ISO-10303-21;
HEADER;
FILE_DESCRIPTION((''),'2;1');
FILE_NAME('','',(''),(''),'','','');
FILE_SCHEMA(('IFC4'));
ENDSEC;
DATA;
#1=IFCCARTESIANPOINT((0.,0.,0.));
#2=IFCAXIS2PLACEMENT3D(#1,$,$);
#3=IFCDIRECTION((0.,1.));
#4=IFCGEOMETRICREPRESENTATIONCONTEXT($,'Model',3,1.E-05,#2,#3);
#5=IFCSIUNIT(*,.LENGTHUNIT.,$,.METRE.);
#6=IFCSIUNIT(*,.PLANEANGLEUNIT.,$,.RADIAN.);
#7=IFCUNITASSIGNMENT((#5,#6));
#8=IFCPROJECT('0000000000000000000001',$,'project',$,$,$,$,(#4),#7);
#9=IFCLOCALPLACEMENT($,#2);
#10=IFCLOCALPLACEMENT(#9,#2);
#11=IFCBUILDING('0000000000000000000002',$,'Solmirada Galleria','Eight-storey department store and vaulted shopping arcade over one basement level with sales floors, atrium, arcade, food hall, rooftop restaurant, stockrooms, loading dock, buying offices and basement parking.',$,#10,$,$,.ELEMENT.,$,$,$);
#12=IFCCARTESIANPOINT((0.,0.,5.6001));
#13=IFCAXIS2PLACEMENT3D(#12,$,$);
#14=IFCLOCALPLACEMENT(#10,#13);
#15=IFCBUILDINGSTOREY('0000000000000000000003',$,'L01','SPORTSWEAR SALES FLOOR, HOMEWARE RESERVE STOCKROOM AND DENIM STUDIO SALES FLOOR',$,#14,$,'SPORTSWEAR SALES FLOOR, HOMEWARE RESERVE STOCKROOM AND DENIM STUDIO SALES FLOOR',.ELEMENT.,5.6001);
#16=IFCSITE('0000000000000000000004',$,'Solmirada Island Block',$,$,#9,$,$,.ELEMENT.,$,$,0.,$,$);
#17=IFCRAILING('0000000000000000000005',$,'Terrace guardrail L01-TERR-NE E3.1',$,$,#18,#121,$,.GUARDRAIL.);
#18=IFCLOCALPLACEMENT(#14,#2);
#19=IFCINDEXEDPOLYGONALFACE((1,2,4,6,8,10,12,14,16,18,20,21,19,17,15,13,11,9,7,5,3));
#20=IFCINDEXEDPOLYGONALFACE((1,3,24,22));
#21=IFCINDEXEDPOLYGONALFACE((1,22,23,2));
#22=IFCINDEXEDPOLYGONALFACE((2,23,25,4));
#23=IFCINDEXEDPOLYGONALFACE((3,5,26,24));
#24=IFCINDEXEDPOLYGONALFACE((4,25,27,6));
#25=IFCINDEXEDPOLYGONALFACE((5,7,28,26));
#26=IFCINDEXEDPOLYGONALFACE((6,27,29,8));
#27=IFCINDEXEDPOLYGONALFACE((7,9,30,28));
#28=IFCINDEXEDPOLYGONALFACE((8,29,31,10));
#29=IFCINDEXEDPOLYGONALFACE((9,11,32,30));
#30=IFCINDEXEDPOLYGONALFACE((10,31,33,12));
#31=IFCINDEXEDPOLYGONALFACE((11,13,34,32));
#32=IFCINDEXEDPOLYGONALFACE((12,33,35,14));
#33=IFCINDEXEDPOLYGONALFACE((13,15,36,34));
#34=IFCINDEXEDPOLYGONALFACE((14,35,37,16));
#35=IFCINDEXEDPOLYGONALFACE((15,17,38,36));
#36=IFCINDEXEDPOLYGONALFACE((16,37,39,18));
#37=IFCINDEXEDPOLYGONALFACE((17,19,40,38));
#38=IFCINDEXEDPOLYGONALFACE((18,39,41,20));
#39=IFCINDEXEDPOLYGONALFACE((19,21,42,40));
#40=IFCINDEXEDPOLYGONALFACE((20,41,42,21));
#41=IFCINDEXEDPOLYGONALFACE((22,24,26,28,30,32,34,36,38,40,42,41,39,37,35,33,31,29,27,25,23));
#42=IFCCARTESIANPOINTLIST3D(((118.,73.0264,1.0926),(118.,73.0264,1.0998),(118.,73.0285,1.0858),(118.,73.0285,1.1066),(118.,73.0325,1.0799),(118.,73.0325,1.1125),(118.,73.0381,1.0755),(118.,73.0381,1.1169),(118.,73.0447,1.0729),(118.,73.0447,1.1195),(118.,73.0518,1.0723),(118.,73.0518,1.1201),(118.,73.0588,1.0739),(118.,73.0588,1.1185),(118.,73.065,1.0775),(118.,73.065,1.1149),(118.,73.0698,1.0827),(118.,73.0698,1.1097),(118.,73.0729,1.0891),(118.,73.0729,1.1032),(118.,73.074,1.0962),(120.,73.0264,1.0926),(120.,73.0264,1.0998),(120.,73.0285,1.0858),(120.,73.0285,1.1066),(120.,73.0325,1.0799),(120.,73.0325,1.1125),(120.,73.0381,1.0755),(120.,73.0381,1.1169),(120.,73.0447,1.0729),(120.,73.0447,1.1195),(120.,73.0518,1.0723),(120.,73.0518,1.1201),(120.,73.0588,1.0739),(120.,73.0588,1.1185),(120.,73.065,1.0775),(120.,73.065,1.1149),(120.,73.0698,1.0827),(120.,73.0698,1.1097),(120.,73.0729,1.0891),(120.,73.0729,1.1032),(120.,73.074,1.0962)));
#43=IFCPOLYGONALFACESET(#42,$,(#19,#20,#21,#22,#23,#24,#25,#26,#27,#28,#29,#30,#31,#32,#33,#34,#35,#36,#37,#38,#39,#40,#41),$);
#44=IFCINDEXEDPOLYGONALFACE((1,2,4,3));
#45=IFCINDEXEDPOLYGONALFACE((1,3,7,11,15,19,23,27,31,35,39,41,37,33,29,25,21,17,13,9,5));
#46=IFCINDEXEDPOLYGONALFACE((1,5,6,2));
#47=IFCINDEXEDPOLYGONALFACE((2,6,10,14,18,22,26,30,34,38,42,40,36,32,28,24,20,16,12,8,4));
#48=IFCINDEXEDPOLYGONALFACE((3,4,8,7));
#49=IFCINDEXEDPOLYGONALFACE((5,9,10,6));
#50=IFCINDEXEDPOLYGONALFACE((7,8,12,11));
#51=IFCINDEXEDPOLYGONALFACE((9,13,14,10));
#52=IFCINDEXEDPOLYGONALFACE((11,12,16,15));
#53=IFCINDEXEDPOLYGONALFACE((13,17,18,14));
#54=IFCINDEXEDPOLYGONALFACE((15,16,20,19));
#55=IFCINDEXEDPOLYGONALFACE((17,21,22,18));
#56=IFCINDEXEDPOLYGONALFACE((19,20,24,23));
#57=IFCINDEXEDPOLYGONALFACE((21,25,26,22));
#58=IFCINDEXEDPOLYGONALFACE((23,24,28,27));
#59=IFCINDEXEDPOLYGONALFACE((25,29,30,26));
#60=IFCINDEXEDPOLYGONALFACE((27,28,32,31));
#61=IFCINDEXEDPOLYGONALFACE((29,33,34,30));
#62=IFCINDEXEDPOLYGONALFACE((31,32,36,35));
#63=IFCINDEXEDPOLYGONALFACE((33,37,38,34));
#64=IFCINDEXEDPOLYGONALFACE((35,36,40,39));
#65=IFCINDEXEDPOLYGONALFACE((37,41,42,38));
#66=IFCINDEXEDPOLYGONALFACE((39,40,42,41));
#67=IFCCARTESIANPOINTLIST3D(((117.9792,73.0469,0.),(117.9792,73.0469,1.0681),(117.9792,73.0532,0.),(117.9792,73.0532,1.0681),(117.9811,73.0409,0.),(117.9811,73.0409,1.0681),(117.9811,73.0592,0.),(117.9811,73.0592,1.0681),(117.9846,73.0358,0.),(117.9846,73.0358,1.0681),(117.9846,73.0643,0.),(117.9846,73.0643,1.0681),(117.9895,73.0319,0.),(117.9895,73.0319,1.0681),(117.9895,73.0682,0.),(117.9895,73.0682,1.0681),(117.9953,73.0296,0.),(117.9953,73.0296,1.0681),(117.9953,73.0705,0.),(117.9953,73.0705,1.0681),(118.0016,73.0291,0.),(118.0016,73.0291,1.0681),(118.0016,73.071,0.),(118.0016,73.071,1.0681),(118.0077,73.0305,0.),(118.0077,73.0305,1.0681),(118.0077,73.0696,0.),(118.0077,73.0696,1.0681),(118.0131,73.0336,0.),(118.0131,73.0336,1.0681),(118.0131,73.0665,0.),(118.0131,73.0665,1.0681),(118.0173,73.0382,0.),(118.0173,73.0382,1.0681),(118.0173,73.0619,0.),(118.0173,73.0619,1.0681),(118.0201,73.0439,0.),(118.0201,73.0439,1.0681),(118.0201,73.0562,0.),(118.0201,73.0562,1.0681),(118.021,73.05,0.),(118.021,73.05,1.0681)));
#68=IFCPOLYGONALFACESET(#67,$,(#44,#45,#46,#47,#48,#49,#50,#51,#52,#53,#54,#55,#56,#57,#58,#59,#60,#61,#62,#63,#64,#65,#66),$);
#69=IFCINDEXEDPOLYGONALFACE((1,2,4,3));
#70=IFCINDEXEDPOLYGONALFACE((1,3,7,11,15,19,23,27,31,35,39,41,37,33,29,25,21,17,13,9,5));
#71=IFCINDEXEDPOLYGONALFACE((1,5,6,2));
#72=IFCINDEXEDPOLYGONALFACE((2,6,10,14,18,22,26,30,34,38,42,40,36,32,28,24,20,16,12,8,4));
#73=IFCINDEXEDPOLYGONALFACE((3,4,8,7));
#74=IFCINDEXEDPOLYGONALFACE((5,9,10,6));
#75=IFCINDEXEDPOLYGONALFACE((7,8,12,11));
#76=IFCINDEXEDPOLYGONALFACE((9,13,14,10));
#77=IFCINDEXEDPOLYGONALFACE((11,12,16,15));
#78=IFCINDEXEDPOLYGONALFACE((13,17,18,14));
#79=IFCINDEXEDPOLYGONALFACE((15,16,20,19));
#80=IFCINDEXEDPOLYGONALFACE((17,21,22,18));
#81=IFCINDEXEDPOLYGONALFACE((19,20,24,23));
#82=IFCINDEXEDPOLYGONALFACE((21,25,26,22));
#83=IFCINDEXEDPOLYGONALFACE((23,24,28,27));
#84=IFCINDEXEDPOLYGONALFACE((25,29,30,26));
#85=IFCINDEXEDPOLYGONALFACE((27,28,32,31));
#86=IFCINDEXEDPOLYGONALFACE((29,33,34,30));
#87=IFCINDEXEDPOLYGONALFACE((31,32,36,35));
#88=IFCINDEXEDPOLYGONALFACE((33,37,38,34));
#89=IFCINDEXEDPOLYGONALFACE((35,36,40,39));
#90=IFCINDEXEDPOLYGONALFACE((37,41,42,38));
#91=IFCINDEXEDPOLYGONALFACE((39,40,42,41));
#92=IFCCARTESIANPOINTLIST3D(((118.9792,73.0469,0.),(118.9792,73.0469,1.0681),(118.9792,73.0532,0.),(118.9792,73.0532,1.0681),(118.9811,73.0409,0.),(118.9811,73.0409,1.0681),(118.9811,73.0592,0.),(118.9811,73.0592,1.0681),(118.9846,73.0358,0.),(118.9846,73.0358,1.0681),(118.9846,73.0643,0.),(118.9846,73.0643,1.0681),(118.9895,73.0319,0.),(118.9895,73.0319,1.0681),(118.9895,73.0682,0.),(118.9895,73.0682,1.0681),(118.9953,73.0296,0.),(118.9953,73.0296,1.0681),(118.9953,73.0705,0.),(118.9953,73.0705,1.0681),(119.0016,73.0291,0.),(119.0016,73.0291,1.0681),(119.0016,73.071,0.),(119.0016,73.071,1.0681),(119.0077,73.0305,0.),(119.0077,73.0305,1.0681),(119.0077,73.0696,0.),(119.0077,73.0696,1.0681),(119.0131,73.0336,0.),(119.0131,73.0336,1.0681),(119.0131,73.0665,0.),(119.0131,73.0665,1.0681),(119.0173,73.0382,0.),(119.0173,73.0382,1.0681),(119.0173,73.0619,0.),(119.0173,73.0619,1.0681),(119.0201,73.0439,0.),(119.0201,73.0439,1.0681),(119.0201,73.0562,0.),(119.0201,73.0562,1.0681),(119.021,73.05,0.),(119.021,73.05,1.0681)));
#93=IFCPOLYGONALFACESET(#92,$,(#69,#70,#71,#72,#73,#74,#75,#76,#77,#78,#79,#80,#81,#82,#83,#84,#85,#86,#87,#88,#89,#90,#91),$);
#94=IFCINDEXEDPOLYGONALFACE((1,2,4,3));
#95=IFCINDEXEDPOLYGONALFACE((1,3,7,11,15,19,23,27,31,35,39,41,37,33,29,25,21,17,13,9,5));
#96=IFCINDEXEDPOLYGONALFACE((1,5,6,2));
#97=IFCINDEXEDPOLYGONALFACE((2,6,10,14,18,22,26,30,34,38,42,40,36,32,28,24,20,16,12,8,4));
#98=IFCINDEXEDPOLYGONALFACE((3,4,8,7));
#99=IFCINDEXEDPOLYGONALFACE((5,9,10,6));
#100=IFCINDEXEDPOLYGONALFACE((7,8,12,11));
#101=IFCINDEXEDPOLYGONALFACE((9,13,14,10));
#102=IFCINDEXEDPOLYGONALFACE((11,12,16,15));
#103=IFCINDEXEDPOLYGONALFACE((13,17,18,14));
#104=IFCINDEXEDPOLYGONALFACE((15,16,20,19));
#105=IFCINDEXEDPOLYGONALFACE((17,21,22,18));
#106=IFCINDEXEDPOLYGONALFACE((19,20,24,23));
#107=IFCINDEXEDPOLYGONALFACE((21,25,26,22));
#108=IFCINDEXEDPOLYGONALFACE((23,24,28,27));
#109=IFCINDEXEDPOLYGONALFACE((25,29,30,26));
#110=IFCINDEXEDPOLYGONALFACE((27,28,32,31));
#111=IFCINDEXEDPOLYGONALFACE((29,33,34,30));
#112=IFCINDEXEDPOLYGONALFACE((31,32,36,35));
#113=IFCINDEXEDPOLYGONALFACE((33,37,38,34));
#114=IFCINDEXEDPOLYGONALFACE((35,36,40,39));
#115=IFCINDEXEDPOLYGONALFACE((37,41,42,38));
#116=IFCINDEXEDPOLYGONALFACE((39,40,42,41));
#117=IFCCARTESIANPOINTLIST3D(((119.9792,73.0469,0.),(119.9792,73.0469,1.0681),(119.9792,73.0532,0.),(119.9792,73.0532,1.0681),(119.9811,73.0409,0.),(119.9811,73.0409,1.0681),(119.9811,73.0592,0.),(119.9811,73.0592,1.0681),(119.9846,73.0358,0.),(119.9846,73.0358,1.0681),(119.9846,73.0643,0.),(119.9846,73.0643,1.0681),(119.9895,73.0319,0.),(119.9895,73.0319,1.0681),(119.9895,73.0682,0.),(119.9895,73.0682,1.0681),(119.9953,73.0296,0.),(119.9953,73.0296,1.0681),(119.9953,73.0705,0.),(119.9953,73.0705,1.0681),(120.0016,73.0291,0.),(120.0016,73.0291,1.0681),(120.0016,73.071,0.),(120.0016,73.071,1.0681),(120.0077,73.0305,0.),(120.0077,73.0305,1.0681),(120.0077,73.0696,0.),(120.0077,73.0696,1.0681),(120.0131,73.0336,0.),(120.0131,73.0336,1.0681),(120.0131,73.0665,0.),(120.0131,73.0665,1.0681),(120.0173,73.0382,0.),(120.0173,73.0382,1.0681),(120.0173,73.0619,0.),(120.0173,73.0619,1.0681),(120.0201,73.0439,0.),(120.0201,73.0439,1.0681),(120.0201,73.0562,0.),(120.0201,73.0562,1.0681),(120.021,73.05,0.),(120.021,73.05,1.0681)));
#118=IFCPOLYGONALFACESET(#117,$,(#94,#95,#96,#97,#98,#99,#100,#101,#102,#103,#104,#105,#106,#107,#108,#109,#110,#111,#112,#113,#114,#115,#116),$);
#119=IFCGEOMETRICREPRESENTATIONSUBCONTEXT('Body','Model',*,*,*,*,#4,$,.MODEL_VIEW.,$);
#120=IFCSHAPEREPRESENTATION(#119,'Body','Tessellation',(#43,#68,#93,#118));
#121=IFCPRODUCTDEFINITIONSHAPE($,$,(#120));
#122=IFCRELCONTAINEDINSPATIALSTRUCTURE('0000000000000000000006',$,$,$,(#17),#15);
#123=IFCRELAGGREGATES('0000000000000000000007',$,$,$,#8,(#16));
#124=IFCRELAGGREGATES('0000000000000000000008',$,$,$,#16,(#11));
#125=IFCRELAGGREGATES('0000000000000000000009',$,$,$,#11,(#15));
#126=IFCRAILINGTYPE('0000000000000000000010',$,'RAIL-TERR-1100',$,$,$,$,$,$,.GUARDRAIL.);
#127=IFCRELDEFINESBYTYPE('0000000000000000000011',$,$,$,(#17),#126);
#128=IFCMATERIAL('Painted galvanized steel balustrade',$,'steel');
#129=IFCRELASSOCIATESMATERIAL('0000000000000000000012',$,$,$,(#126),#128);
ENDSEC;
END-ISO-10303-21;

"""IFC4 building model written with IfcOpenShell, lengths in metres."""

from ifc_helpers import new_model, si_unit, direction, frame, origin, origin_2d, place, context, subcontext, project, spatial, circle, extrude, material, type_object, element, save


model = new_model("IFC4")

# Units and contexts
model_context = context("Model", 3, precision=1e-05, world=origin(), true_north=direction((0.0, 1.0)))
body_context = subcontext(model_context, "Body", "Model", "MODEL_VIEW")
ifc_project = project(units=[si_unit("LENGTHUNIT", "METRE"), si_unit("PLANEANGLEUNIT", "RADIAN")], contexts=[model_context])

# Site, building, storey
site_placement = place(None, origin())
site = spatial("IfcSite", under=ifc_project, at=site_placement, Name="Solmirada Island Block", CompositionType="ELEMENT", RefElevation=0.0)
building_placement = place(site_placement, origin())
building = spatial("IfcBuilding", under=site, at=building_placement, Name="Solmirada Galleria", Description="Eight-storey department store and vaulted shopping arcade over one basement level with sales floors, atrium, arcade, food hall, rooftop restaurant, stockrooms, loading dock, buying offices and basement parking.", CompositionType="ELEMENT")
storey_placement = place(building_placement, frame((0.0, 0.0, 5.6001)))
storey = spatial("IfcBuildingStorey", under=building, at=storey_placement, Name="L01", Description="SPORTSWEAR SALES FLOOR, HOMEWARE RESERVE STOCKROOM AND DENIM STUDIO SALES FLOOR", LongName="SPORTSWEAR SALES FLOOR, HOMEWARE RESERVE STOCKROOM AND DENIM STUDIO SALES FLOOR", CompositionType="ELEMENT", Elevation=5.6001)

# Railing
ifc_material_1 = material(Name="Painted galvanized steel balustrade", Category="steel")
railing_type = type_object("IfcRailingType", Name="RAIL-TERR-1100", PredefinedType="GUARDRAIL", material=ifc_material_1)
railing_1_placement = place(storey_placement, frame((118.0, 73.05, 0.0)))
element("IfcRailing", 1, at=railing_1_placement, inside=storey, type_object=railing_type, Name="Terrace guardrail L01-TERR-NE E3.1", PredefinedType="GUARDRAIL", context=body_context, shape_type="SweptSolid", body=[
    extrude(circle(Radius=0.0239, at=origin_2d()), frame((0.0, 0.0, 1.0962), z_axis=(1.0, 0.0, 0.0), x_axis=(0.0, 1.0, 0.0)), (0.0, 0.0, 1.0), 2.0),
    extrude(circle(Radius=0.021, at=origin_2d()), origin(), (0.0, 0.0, 1.0), 1.0681),
    extrude(circle(Radius=0.021, at=origin_2d()), frame((1.0, 0.0, 0.0)), (0.0, 0.0, 1.0), 1.0681),
    extrude(circle(Radius=0.021, at=origin_2d()), frame((2.0, 0.0, 0.0)), (0.0, 0.0, 1.0), 1.0681),
])

save(model, "model.ifc")
